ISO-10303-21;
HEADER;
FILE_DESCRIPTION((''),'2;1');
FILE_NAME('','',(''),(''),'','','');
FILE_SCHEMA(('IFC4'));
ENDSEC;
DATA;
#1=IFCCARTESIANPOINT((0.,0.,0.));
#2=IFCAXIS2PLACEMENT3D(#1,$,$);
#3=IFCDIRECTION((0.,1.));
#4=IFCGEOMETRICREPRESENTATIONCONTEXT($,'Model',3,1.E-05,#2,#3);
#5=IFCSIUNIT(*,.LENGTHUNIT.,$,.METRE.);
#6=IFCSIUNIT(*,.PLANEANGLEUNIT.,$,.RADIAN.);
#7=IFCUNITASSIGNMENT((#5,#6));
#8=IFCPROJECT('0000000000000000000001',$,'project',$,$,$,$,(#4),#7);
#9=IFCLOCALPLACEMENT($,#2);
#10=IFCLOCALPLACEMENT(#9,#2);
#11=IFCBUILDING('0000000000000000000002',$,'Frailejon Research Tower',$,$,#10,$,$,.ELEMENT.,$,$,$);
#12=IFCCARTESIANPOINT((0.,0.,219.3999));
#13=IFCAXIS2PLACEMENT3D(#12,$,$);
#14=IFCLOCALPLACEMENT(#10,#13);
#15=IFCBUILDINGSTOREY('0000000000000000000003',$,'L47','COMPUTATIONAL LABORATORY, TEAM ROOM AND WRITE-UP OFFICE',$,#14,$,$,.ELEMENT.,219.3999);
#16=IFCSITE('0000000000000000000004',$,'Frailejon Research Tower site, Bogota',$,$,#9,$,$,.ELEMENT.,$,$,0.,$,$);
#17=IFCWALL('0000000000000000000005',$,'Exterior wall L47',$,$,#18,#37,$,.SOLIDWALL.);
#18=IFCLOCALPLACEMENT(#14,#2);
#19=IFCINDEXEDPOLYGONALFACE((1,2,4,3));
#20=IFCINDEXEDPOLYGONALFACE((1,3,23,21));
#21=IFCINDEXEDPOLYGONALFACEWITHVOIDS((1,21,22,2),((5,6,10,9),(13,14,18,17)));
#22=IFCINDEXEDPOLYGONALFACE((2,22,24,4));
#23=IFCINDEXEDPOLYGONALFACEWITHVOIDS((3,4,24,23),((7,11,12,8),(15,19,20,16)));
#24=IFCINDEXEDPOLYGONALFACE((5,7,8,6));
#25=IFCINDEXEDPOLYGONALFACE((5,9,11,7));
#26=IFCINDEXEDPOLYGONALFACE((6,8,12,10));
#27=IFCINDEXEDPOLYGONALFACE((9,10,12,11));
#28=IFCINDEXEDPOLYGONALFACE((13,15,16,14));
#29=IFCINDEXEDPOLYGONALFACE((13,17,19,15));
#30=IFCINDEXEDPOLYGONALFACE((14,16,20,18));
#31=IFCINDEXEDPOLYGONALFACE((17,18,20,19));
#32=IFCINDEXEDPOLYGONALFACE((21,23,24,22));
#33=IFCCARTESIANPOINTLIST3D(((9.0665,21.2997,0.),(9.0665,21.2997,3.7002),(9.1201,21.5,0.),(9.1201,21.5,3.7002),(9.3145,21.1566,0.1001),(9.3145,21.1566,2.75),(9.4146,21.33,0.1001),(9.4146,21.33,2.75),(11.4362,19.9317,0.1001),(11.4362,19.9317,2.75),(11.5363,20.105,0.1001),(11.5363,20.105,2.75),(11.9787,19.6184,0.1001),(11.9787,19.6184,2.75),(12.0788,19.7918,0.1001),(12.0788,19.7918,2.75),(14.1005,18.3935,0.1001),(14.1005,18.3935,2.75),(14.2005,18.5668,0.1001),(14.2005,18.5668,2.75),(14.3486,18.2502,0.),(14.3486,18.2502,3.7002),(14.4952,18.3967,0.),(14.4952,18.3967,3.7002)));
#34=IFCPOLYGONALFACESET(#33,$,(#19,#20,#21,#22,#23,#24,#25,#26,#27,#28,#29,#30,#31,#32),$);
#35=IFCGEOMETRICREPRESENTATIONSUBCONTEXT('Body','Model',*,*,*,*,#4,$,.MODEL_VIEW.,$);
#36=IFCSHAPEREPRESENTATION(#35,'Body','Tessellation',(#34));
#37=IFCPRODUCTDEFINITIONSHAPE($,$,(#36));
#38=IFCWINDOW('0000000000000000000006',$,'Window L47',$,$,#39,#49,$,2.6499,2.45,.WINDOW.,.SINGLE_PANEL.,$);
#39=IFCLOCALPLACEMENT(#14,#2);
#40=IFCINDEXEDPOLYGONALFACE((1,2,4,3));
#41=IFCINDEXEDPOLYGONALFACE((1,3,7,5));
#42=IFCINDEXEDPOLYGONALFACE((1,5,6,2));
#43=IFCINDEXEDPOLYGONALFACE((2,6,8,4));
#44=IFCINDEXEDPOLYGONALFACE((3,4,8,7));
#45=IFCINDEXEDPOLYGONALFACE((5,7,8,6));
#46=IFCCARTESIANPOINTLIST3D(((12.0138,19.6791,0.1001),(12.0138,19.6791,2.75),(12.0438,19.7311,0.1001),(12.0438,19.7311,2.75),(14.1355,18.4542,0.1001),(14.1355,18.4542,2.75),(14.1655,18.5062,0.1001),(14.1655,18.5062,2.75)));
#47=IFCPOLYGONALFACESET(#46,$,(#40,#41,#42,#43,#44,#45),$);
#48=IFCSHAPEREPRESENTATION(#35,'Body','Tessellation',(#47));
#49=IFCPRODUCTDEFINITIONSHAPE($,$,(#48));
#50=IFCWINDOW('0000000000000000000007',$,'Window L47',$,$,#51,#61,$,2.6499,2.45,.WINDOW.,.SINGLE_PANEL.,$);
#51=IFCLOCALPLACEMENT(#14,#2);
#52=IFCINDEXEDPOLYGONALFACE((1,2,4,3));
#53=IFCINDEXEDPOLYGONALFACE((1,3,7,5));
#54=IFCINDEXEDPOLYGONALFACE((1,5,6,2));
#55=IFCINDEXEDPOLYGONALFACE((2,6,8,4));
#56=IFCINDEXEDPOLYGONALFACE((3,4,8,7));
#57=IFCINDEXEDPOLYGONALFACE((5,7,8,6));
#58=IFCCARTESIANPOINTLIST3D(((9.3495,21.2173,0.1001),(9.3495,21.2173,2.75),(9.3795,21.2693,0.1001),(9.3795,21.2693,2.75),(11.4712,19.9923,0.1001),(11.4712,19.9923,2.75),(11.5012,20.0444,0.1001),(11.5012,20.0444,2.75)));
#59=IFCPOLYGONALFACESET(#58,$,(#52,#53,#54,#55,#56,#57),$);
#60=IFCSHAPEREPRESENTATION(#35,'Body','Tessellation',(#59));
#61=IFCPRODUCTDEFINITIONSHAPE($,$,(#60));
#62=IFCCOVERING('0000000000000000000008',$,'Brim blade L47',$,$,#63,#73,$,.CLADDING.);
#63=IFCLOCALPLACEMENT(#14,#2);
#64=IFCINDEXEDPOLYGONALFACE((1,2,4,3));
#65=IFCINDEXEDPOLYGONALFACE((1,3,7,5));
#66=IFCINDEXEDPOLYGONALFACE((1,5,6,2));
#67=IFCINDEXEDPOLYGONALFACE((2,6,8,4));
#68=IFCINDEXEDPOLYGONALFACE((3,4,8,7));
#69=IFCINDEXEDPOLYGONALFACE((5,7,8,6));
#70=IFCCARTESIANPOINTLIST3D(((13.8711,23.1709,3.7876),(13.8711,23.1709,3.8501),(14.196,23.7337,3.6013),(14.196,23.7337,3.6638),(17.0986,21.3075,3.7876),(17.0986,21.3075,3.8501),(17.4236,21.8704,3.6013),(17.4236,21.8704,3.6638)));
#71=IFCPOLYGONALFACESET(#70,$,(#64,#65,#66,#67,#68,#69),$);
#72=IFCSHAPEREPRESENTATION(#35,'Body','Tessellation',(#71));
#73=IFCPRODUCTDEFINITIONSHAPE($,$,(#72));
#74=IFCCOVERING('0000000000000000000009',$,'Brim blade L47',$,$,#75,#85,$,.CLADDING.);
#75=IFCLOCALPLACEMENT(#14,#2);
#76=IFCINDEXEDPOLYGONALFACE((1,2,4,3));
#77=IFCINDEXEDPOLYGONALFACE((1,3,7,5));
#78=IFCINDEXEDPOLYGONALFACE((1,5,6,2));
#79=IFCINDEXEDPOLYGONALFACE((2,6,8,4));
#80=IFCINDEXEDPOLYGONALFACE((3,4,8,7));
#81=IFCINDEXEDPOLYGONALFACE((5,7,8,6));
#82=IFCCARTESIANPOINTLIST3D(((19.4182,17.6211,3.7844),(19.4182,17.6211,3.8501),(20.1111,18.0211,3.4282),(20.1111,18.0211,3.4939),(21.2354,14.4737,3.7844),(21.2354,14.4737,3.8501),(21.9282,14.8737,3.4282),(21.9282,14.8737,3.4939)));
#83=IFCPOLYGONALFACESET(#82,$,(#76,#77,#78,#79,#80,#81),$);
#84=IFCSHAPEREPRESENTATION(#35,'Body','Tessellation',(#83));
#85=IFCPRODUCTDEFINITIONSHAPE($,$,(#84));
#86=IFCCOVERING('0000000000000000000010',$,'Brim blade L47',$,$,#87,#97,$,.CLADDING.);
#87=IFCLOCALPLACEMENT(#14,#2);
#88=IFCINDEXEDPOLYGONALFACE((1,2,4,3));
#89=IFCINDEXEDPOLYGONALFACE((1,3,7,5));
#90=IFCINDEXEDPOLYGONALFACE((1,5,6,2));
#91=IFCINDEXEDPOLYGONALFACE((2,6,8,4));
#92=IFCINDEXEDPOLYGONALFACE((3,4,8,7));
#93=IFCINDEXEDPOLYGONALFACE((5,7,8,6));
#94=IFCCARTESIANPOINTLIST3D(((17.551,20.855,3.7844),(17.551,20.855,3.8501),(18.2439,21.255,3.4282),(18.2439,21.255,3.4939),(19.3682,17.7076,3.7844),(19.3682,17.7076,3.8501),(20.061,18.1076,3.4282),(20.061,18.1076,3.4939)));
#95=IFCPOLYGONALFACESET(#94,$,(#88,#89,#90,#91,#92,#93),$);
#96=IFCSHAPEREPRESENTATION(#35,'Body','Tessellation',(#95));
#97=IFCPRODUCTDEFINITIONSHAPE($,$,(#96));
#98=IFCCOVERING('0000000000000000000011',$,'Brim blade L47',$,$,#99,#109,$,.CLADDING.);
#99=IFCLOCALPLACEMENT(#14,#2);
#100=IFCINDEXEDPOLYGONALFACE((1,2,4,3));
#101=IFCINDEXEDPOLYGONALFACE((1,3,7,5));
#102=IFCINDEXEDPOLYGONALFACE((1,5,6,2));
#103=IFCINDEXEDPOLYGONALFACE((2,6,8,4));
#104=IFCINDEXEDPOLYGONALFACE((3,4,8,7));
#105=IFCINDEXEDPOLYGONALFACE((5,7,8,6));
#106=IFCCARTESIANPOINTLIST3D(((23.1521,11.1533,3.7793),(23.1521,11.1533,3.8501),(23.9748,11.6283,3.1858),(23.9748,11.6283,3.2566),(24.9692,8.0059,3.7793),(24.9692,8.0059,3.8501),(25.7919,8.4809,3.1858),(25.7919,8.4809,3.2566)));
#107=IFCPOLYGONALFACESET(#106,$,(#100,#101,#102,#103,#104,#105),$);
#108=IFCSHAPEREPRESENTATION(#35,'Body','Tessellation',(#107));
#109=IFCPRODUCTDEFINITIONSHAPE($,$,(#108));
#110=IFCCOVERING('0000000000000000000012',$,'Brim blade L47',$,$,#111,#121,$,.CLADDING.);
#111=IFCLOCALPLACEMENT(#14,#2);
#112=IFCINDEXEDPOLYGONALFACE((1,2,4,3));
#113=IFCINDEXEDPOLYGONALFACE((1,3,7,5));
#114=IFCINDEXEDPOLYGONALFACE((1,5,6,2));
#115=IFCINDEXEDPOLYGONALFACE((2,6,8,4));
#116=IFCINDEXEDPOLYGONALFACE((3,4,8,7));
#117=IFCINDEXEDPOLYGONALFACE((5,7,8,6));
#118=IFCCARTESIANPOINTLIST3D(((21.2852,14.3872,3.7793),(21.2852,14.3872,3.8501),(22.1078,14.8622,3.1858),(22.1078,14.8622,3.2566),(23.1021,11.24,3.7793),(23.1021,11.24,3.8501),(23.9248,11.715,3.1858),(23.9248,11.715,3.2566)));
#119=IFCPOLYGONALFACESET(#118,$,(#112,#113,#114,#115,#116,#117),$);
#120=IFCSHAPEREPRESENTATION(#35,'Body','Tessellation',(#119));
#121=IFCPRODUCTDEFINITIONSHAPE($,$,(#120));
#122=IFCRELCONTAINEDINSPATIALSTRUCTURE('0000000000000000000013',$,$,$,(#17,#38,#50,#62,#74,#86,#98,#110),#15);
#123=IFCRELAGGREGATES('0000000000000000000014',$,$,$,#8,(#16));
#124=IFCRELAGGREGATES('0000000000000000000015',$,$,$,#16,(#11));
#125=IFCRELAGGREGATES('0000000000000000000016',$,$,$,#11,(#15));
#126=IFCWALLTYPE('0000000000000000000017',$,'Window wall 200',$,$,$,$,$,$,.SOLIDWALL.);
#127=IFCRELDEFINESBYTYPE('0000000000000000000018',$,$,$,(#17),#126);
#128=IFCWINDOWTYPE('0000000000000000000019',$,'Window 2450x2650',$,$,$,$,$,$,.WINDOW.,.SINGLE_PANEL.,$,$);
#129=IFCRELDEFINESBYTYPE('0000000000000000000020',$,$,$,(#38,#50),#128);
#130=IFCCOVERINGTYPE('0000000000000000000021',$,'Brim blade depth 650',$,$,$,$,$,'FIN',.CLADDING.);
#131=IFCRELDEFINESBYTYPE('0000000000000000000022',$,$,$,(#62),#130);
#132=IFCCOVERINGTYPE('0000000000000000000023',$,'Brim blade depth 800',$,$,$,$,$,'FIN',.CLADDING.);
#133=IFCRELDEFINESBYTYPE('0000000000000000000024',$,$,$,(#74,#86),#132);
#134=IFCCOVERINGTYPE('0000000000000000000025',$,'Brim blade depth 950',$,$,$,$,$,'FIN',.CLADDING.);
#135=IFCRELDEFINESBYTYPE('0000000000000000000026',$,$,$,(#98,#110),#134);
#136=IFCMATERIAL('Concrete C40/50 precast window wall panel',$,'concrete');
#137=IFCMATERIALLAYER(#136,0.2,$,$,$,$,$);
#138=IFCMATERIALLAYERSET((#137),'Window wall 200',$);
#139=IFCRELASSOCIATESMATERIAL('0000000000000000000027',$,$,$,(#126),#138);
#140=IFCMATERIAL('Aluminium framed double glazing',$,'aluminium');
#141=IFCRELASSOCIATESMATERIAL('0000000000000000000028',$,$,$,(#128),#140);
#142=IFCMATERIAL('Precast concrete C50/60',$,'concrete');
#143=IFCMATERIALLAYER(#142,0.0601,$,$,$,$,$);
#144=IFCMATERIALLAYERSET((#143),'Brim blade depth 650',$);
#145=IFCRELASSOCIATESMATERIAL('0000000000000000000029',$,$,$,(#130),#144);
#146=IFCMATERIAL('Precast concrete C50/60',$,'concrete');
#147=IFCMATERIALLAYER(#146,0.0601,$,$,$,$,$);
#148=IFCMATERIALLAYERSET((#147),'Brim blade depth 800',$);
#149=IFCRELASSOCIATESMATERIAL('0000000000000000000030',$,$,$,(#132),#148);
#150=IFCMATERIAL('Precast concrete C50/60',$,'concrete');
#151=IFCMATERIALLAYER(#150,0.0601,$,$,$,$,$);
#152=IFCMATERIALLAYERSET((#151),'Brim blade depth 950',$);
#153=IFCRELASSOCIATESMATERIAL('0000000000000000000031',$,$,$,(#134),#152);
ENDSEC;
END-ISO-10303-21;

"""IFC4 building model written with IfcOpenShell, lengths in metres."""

from ifc_helpers import new_model, si_unit, direction, frame, frame_2d, origin, place, context, subcontext, project, spatial, polyline, rectangle, outline, extrude, material, layer, layer_set, type_object, element, fill, save


model = new_model("IFC4")

# Units and contexts
model_context = context("Model", 3, precision=1e-05, world=origin(), true_north=direction((0.0, 1.0)))
body_context = subcontext(model_context, "Body", "Model", "MODEL_VIEW")
ifc_project = project(units=[si_unit("LENGTHUNIT", "METRE"), si_unit("PLANEANGLEUNIT", "RADIAN")], contexts=[model_context])

# Site, building, storey
site_placement = place(None, origin())
site = spatial("IfcSite", under=ifc_project, at=site_placement, Name="Frailejon Research Tower site, Bogota", CompositionType="ELEMENT", RefElevation=0.0)
building_placement = place(site_placement, origin())
building = spatial("IfcBuilding", under=site, at=building_placement, Name="Frailejon Research Tower", CompositionType="ELEMENT")
storey_placement = place(building_placement, frame((0.0, 0.0, 219.3999)))
storey = spatial("IfcBuildingStorey", under=building, at=storey_placement, Name="L47", Description="COMPUTATIONAL LABORATORY, TEAM ROOM AND WRITE-UP OFFICE", CompositionType="ELEMENT", Elevation=219.3999)

# Wall, openings, windows
ifc_material_1 = material(Name="Concrete C40/50 precast window wall panel", Category="concrete")
ifc_layer_1 = layer(ifc_material_1, 0.2)
ifc_layer_set_1 = layer_set([ifc_layer_1], Name="Window wall 200")
wall_type = type_object("IfcWallType", Name="Window wall 200", PredefinedType="SOLIDWALL", material=ifc_layer_set_1)
wall_placement = place(storey_placement, frame((14.4219, 18.3235, 0.0), z_axis=(0.0, 0.0, 1.0), x_axis=(-0.86603, 0.499993, 0.0)))
wall = element("IfcWall", 1, at=wall_placement, inside=storey, type_object=wall_type, Name="Exterior wall L47", PredefinedType="SOLIDWALL", context=body_context, shape_type="SweptSolid", body=[
    extrude(outline(polyline([(-0.0269, -0.1001), (1.0076, -0.1001), (2.042, -0.1001), (3.0764, -0.1001), (4.1108, -0.1001), (5.1453, -0.1001), (6.1797, -0.1001), (6.126, 0.1001), (5.1094, 0.1001), (4.093, 0.1001), (3.0764, 0.1001), (2.0598, 0.1001), (1.0435, 0.1001), (0.0269, 0.1001), (-0.0269, -0.1001)])), origin(), (0.0, 0.0, 1.0), 3.7002),
])
opening_1_placement = place(wall_placement, frame((0.3132, 0.0, 0.1001)))
opening_1 = element("IfcOpeningElement", 2, at=opening_1_placement, cuts=wall, PredefinedType="OPENING", context=body_context, shape_type="SweptSolid", body=[
    extrude(rectangle(XDim=2.45, YDim=2.6499, at=frame_2d((1.2251, 1.325))), frame((0.0, 0.1099, 0.0), z_axis=(0.0, -1.0, 0.0), x_axis=(1.0, 0.0, 0.0)), (0.0, 0.0, 1.0), 0.22),
])
opening_2_placement = place(wall_placement, frame((3.3896, 0.0, 0.1001)))
opening_2 = element("IfcOpeningElement", 3, at=opening_2_placement, cuts=wall, PredefinedType="OPENING", context=body_context, shape_type="SweptSolid", body=[
    extrude(rectangle(XDim=2.45, YDim=2.6499, at=frame_2d((1.2251, 1.325))), frame((0.0, 0.1099, 0.0), z_axis=(0.0, -1.0, 0.0), x_axis=(1.0, 0.0, 0.0)), (0.0, 0.0, 1.0), 0.22),
])
ifc_material_2 = material(Name="Aluminium framed double glazing", Category="aluminium")
window_type = type_object("IfcWindowType", Name="Window 2450x2650", PartitioningType="SINGLE_PANEL", PredefinedType="WINDOW", material=ifc_material_2)
window_1_placement = place(opening_1_placement, origin())
window_1 = element("IfcWindow", 4, at=window_1_placement, inside=storey, type_object=window_type, Name="Window L47", OverallHeight=2.6499, OverallWidth=2.45, PartitioningType="SINGLE_PANEL", PredefinedType="WINDOW", context=body_context, shape_type="SweptSolid", body=[
    extrude(rectangle(XDim=2.45, YDim=2.6499, at=frame_2d((1.2251, 1.325))), frame((0.0, 0.03, 0.0), z_axis=(0.0, -1.0, 0.0), x_axis=(1.0, 0.0, 0.0)), (0.0, 0.0, 1.0), 0.0601),
])
fill(opening_1, window_1)
window_2_placement = place(opening_2_placement, origin())
window_2 = element("IfcWindow", 5, at=window_2_placement, inside=storey, type_object=window_type, Name="Window L47", OverallHeight=2.6499, OverallWidth=2.45, PartitioningType="SINGLE_PANEL", PredefinedType="WINDOW", context=body_context, shape_type="SweptSolid", body=[
    extrude(rectangle(XDim=2.45, YDim=2.6499, at=frame_2d((1.2251, 1.325))), frame((0.0, 0.03, 0.0), z_axis=(0.0, -1.0, 0.0), x_axis=(1.0, 0.0, 0.0)), (0.0, 0.0, 1.0), 0.0601),
])
fill(opening_2, window_2)

# Coverings
ifc_material_3 = material(Name="Precast concrete C50/60", Category="concrete")
ifc_layer_2 = layer(ifc_material_3, 0.0601)
ifc_layer_set_2 = layer_set([ifc_layer_2], Name="Brim blade depth 650")
covering_type_1 = type_object("IfcCoveringType", Name="Brim blade depth 650", ElementType="FIN", PredefinedType="CLADDING", material=ifc_layer_set_2)
covering_1_placement = place(storey_placement, frame((13.8711, 23.1709, 3.8501), z_axis=(0.86603, -0.499992, 0.0), x_axis=(0.499992, 0.86603, 0.0)))
element("IfcCovering", 6, at=covering_1_placement, inside=storey, type_object=covering_type_1, Name="Brim blade L47", PredefinedType="CLADDING", context=body_context, shape_type="SweptSolid", body=[
    extrude(outline(polyline([(0.0, -0.0625), (0.6499, -0.2488), (0.6499, -0.1863), (0.0, 0.0), (0.0, -0.0625)])), origin(), (0.0, 0.0, 1.0), 3.7268),
])
ifc_material_4 = material(Name="Precast concrete C50/60", Category="concrete")
ifc_layer_3 = layer(ifc_material_4, 0.0601)
ifc_layer_set_3 = layer_set([ifc_layer_3], Name="Brim blade depth 800")
covering_type_2 = type_object("IfcCoveringType", Name="Brim blade depth 800", ElementType="FIN", PredefinedType="CLADDING", material=ifc_layer_set_3)
for number, where, z_axis, x_axis, name in (
    (7, (19.4182, 17.6211, 3.8501), (0.500001, -0.866025, 0.0), (0.866025, 0.500001, 0.0), "Brim blade L47"),
    (8, (17.551, 20.855, 3.8501), (0.500001, -0.866025, 0.0), (0.866025, 0.500001, 0.0), "Brim blade L47"),
):
    element("IfcCovering", number, at=place(storey_placement, frame(where, z_axis=z_axis, x_axis=x_axis)), inside=storey, type_object=covering_type_2, Name=name, PredefinedType="CLADDING", context=body_context, shape_type="SweptSolid", body=[
        extrude(outline(polyline([(0.0, -0.0657), (0.8, -0.4219), (0.8, -0.3562), (0.0, 0.0), (0.0, -0.0657)])), origin(), (0.0, 0.0, 1.0), 3.6343),
    ])
ifc_material_5 = material(Name="Precast concrete C50/60", Category="concrete")
ifc_layer_4 = layer(ifc_material_5, 0.0601)
ifc_layer_set_4 = layer_set([ifc_layer_4], Name="Brim blade depth 950")
covering_type_3 = type_object("IfcCoveringType", Name="Brim blade depth 950", ElementType="FIN", PredefinedType="CLADDING", material=ifc_layer_set_4)
covering_2_placement = place(storey_placement, frame((23.1521, 11.1533, 3.8501), z_axis=(0.500001, -0.866025, 0.0), x_axis=(0.866025, 0.500001, 0.0)))
element("IfcCovering", 9, at=covering_2_placement, inside=storey, type_object=covering_type_3, Name="Brim blade L47", PredefinedType="CLADDING", context=body_context, shape_type="SweptSolid", body=[
    extrude(outline(polyline([(0.0, -0.0708), (0.95, -0.6643), (0.95, -0.5935), (0.0, 0.0), (0.0, -0.0708)])), origin(), (0.0, 0.0, 1.0), 3.6343),
])
covering_3_placement = place(storey_placement, frame((21.2852, 14.3872, 3.8501), z_axis=(0.499981, -0.866036, 0.0), x_axis=(0.866036, 0.499981, 0.0)))
element("IfcCovering", 10, at=covering_3_placement, inside=storey, type_object=covering_type_3, Name="Brim blade L47", PredefinedType="CLADDING", context=body_context, shape_type="SweptSolid", body=[
    extrude(outline(polyline([(0.0, -0.0708), (0.95, -0.6643), (0.95, -0.5935), (0.0, 0.0), (0.0, -0.0708)])), origin(), (0.0, 0.0, 1.0), 3.634),
])

save(model, "model.ifc")
